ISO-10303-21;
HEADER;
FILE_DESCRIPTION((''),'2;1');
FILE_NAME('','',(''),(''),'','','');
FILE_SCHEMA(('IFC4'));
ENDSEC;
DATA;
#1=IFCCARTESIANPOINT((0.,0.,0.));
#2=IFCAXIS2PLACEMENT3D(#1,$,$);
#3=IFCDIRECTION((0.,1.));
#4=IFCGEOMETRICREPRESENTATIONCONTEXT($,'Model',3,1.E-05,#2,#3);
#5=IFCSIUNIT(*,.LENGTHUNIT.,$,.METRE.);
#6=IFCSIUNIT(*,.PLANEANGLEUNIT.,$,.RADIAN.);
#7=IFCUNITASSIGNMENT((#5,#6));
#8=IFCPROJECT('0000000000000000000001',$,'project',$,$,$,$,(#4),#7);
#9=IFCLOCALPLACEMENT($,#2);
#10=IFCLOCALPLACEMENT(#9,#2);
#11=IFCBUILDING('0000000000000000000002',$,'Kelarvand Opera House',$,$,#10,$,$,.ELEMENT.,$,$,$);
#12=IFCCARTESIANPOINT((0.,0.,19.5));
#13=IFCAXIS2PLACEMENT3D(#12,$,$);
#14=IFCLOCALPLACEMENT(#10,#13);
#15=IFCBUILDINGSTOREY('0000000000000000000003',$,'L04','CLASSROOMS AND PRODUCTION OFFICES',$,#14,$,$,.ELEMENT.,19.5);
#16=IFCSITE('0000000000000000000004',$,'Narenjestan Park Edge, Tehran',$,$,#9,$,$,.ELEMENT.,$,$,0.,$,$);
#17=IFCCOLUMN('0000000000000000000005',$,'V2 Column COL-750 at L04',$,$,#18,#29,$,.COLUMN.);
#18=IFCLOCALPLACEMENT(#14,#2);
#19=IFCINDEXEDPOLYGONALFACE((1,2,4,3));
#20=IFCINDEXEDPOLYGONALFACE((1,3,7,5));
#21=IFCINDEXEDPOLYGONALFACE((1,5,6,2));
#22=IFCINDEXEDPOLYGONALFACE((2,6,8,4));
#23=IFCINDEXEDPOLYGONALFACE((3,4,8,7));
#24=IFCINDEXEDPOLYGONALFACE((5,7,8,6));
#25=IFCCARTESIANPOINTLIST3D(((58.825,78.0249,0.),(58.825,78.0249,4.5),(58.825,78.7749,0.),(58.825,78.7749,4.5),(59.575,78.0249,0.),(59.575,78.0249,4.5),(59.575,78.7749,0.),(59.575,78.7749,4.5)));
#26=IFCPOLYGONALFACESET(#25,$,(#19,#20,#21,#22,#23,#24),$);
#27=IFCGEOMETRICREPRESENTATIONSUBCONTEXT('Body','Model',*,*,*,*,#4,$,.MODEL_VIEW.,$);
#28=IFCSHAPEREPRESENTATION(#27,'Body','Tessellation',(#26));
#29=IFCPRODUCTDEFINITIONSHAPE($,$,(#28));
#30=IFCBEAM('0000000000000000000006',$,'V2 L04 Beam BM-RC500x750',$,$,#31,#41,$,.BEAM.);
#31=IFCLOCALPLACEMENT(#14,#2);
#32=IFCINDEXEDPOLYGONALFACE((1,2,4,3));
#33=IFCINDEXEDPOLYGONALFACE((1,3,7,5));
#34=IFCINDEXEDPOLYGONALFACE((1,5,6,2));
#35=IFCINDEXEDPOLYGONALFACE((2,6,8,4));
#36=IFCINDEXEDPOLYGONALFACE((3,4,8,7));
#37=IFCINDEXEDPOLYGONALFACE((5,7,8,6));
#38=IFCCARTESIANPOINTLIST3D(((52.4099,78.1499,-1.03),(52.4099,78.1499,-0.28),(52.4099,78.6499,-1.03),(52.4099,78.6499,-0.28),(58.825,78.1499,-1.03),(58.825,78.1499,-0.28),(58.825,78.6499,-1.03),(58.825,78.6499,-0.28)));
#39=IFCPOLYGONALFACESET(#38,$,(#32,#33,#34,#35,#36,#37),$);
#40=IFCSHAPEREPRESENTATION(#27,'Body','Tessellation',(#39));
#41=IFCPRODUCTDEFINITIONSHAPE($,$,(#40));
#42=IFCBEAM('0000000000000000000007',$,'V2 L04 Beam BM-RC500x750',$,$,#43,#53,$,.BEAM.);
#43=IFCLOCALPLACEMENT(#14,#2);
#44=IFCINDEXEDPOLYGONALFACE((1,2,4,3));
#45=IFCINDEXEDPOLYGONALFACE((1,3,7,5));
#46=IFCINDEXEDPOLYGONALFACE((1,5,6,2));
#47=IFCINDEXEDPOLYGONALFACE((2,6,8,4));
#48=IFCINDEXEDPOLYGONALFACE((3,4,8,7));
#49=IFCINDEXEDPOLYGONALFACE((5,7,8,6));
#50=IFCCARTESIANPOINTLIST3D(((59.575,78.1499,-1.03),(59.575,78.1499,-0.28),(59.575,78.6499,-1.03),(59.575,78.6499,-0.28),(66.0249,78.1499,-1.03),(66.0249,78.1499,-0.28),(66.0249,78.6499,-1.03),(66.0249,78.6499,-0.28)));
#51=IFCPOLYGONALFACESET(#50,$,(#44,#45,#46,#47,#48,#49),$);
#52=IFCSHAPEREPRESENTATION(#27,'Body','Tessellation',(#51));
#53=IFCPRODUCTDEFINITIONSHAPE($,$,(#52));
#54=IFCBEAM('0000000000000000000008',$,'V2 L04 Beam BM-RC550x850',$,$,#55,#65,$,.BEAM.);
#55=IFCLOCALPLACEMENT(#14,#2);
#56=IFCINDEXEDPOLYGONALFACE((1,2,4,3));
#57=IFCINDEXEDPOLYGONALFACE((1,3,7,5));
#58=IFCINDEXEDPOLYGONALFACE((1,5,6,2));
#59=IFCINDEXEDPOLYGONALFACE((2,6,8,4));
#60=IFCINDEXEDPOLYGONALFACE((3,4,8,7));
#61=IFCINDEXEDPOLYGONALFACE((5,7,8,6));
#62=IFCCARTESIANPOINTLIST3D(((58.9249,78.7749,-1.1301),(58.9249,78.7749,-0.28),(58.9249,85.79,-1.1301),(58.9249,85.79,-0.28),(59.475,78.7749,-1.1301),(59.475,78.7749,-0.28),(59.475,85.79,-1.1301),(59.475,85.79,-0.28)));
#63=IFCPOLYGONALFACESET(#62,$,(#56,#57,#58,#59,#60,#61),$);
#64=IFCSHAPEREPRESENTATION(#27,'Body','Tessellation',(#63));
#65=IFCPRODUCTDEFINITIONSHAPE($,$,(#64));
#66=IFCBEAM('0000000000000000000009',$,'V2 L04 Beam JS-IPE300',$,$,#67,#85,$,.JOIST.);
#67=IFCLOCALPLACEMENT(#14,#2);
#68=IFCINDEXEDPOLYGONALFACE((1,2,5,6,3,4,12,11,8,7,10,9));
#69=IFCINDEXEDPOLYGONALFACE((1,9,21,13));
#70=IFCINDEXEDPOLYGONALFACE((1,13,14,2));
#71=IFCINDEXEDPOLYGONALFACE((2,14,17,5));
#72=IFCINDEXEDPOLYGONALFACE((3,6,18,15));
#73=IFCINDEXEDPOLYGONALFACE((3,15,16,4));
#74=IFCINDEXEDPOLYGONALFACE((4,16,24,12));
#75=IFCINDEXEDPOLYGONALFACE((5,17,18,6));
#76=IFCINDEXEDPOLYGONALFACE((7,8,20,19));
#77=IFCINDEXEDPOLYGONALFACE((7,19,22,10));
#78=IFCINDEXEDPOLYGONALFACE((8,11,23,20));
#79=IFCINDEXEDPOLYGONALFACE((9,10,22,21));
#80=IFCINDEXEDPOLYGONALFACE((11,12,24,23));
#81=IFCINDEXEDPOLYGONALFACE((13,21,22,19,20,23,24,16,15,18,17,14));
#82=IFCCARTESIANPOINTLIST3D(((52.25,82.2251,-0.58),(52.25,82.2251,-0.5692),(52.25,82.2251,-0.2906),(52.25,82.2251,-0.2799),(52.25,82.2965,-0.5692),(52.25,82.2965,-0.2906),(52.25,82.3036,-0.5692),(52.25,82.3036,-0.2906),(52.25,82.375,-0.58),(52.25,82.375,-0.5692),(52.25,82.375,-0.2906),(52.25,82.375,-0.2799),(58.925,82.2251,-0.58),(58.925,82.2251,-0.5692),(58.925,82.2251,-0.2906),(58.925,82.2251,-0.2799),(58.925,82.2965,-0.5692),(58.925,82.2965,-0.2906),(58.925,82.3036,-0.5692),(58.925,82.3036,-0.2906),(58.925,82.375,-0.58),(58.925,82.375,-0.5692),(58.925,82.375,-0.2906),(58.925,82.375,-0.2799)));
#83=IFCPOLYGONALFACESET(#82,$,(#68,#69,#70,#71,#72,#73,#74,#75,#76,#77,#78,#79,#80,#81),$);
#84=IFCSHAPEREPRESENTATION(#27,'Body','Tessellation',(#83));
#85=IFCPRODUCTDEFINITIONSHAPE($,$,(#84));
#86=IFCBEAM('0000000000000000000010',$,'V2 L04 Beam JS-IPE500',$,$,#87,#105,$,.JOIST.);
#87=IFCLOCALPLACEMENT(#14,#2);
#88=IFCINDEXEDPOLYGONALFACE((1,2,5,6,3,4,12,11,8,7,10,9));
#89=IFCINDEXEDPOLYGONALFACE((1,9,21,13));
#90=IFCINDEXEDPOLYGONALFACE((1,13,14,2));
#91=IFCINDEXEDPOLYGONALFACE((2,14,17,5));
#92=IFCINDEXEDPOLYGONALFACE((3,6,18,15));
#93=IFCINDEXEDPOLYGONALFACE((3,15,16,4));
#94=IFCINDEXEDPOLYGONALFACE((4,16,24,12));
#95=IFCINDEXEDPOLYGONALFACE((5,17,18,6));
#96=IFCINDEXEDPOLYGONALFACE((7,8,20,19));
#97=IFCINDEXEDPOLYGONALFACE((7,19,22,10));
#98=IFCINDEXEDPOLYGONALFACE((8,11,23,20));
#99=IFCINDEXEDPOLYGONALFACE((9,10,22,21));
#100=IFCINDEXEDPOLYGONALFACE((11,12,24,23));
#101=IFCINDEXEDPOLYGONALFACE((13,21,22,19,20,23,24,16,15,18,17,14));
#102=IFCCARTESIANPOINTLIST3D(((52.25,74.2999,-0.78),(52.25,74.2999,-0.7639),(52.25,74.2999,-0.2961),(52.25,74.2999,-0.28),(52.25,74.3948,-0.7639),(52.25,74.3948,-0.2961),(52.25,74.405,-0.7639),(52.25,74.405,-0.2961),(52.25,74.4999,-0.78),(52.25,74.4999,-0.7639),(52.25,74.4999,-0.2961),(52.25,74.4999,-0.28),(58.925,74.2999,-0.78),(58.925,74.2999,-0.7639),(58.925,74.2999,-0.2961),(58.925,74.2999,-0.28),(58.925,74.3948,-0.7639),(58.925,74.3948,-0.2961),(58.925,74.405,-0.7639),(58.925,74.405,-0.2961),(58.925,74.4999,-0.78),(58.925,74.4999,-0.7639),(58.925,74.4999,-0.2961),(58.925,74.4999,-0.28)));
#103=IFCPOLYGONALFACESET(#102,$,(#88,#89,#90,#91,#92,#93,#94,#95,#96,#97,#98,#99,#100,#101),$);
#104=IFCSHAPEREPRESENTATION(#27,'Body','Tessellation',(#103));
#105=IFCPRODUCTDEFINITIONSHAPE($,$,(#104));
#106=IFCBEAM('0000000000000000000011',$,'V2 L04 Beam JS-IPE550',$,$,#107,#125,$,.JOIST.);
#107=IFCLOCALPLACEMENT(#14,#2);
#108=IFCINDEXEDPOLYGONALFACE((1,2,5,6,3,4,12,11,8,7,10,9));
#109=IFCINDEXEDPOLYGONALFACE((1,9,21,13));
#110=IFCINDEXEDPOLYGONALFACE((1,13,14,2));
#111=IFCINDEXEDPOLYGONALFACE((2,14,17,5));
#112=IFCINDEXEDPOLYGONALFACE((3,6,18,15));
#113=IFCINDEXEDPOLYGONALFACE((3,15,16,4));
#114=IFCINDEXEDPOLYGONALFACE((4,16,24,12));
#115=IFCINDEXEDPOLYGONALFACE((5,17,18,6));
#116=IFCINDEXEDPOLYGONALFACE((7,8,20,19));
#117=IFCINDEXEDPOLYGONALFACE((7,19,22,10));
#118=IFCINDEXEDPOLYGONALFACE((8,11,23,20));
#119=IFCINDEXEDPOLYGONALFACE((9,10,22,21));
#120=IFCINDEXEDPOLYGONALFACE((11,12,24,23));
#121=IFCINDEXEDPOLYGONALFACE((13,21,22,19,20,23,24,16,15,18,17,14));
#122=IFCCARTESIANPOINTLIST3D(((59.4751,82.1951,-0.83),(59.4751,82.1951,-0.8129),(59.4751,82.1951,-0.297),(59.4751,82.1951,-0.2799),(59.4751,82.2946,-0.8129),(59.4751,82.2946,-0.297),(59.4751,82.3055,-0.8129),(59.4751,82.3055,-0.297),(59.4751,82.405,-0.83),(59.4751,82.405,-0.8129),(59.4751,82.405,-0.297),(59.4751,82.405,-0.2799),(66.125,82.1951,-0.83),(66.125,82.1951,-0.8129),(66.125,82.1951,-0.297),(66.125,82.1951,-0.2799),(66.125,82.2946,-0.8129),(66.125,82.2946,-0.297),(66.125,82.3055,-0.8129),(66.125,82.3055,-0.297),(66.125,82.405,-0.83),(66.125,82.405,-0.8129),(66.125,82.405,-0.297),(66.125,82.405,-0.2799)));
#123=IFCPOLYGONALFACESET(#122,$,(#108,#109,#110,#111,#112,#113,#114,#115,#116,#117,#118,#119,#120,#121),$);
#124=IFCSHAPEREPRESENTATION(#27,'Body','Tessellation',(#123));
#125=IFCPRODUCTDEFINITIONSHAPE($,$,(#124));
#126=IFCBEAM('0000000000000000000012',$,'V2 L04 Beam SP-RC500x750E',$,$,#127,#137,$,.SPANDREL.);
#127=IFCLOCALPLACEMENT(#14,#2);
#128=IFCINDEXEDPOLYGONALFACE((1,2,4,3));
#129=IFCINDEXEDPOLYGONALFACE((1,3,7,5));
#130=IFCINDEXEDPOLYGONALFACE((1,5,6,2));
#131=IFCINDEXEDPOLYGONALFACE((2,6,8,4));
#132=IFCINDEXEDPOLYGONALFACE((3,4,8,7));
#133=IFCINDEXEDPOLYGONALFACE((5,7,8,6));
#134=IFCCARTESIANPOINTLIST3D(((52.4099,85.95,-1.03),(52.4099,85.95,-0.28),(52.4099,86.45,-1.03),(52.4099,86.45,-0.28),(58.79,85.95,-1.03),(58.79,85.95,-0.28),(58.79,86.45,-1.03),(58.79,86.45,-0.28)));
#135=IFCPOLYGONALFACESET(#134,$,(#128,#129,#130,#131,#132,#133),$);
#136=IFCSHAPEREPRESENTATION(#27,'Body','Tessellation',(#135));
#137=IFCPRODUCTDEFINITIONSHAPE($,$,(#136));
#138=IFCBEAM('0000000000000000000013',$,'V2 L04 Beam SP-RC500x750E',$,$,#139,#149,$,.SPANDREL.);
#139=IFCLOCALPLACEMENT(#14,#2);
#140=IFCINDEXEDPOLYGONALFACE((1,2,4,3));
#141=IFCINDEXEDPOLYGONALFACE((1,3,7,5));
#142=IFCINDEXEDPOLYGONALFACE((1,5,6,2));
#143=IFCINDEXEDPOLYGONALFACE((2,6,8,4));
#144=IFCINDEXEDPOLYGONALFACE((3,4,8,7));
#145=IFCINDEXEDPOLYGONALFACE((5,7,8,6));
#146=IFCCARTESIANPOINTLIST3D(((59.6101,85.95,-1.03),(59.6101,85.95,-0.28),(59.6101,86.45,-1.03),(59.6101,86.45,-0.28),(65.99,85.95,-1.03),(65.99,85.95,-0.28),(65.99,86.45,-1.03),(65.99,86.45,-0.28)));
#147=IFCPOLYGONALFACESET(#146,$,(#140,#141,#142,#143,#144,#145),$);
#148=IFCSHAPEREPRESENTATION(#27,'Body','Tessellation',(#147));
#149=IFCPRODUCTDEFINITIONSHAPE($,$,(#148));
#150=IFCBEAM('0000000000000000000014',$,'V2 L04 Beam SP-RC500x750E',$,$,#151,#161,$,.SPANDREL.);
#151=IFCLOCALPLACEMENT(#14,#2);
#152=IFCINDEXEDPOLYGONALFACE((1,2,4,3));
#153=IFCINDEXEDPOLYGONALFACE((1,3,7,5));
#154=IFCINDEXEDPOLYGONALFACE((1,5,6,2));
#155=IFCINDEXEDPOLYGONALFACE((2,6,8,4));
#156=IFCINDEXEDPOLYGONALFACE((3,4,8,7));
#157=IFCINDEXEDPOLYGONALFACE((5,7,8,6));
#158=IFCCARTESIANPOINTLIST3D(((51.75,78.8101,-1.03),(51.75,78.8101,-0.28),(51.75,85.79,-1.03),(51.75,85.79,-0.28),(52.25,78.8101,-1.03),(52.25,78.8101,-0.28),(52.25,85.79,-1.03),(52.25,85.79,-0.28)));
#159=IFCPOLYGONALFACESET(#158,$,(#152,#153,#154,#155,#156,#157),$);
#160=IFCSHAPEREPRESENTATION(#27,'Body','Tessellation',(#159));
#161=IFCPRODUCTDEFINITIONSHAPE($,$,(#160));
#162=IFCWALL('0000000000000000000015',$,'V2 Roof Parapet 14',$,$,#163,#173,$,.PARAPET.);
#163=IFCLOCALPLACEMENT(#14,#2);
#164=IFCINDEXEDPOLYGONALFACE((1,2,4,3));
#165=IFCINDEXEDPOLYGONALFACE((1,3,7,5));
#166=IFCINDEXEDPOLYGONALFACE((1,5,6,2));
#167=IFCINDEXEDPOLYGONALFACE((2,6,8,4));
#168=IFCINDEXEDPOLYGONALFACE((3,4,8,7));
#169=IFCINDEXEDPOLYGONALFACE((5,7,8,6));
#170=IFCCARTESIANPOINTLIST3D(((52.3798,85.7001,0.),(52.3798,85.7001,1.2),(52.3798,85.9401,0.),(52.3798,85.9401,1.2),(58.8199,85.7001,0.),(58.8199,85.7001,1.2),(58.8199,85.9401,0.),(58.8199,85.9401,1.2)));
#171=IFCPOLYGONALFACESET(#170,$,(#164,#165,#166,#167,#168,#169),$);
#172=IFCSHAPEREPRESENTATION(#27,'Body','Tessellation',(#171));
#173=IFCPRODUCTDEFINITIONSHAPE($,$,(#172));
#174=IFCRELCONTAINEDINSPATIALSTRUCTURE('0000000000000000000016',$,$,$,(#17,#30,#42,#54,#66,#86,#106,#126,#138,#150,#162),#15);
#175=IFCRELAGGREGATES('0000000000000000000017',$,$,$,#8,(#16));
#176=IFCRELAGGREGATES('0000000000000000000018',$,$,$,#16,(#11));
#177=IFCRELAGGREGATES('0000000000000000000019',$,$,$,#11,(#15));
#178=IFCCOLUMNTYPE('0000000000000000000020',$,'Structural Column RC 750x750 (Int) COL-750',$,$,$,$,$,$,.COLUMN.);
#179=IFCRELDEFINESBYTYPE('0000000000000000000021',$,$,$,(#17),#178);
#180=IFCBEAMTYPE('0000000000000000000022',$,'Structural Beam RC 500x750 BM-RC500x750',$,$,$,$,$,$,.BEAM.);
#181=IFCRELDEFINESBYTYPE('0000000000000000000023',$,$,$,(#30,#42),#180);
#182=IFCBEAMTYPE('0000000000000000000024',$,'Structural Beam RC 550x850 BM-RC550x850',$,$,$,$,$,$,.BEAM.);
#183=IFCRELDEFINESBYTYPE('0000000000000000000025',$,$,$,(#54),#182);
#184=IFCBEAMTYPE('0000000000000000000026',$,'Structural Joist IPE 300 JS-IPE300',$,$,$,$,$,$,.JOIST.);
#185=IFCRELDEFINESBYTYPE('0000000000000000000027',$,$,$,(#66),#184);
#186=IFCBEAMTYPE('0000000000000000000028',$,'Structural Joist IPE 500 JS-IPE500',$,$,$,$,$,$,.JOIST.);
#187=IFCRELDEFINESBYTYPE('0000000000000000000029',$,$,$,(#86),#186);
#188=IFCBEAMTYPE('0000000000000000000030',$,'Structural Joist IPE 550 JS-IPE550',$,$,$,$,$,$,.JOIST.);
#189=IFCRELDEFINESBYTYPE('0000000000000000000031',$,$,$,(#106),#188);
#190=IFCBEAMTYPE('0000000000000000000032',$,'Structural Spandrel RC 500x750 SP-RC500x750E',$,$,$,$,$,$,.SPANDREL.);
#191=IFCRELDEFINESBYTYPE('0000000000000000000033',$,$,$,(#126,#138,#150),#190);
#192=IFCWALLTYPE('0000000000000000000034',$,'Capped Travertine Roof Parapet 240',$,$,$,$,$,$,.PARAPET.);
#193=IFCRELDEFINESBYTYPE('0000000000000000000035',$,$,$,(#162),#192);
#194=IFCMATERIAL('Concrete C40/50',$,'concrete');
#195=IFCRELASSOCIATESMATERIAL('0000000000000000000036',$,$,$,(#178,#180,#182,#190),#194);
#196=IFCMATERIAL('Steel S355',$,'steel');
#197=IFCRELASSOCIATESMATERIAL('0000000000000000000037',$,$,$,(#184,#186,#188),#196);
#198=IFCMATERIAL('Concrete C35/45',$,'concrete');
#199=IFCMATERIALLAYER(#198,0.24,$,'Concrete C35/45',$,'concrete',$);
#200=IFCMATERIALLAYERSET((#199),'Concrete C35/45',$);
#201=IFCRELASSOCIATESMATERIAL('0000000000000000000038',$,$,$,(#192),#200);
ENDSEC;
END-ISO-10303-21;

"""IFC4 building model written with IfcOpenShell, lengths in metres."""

from ifc_helpers import new_model, si_unit, direction, frame, frame_2d, origin, origin_2d, place, context, subcontext, project, spatial, rectangle, i_section, extrude, material, layer, layer_set, material_profile, profile_set, type_object, element, save


model = new_model("IFC4")

# Units and contexts
model_context = context("Model", 3, precision=1e-05, world=origin(), true_north=direction((0.0, 1.0)))
body_context = subcontext(model_context, "Body", "Model", "MODEL_VIEW")
ifc_project = project(units=[si_unit("LENGTHUNIT", "METRE"), si_unit("PLANEANGLEUNIT", "RADIAN")], contexts=[model_context])

# Site, building, storey
site_placement = place(None, origin())
site = spatial("IfcSite", under=ifc_project, at=site_placement, Name="Narenjestan Park Edge, Tehran", CompositionType="ELEMENT", RefElevation=0.0)
building_placement = place(site_placement, origin())
building = spatial("IfcBuilding", under=site, at=building_placement, Name="Kelarvand Opera House", CompositionType="ELEMENT")
storey_placement = place(building_placement, frame((0.0, 0.0, 19.5)))
storey = spatial("IfcBuildingStorey", under=building, at=storey_placement, Name="L04", Description="CLASSROOMS AND PRODUCTION OFFICES", CompositionType="ELEMENT", Elevation=19.5)

# Column
ifc_material_1 = material(Name="Concrete C40/50", Category="concrete")
ifc_material_profile_1 = material_profile(ifc_material_1, rectangle(XDim=0.75, YDim=0.75, at=origin_2d()), Name="RC 750x750", Category="concrete")
ifc_profile_set_1 = profile_set([ifc_material_profile_1], Name="Concrete C40/50")
column_type = type_object("IfcColumnType", Name="Structural Column RC 750x750 (Int) COL-750", PredefinedType="COLUMN", material=ifc_profile_set_1)
column_placement = place(storey_placement, frame((59.2, 78.3999, 0.0), z_axis=(0.0, 0.0, 1.0), x_axis=(1.0, 0.0, 0.0)))
element("IfcColumn", 1, at=column_placement, inside=storey, type_object=column_type, Name="V2 Column COL-750 at L04", PredefinedType="COLUMN", context=body_context, shape_type="SweptSolid", body=[
    extrude(rectangle(XDim=0.75, YDim=0.75, at=origin_2d()), origin(), (0.0, 0.0, 1.0), 4.5),
])

# Beams
ifc_material_profile_2 = material_profile(ifc_material_1, rectangle(XDim=0.5, YDim=0.75, at=origin_2d()), Name="RC 500x750", Category="concrete")
ifc_profile_set_2 = profile_set([ifc_material_profile_2], Name="Concrete C40/50")
beam_type_1 = type_object("IfcBeamType", Name="Structural Beam RC 500x750 BM-RC500x750", PredefinedType="BEAM", material=ifc_profile_set_2)
beam_1_placement = place(storey_placement, frame((52.4099, 78.3999, -0.655), z_axis=(1.0, 0.0, 0.0), x_axis=(0.0, 1.0, 0.0)))
element("IfcBeam", 2, at=beam_1_placement, inside=storey, type_object=beam_type_1, Name="V2 L04 Beam BM-RC500x750", PredefinedType="BEAM", context=body_context, shape_type="SweptSolid", body=[
    extrude(rectangle(XDim=0.5, YDim=0.75, at=origin_2d()), origin(), (0.0, 0.0, 1.0), 6.415),
])
beam_2_placement = place(storey_placement, frame((59.575, 78.3999, -0.655), z_axis=(1.0, 0.0, 0.0), x_axis=(0.0, 1.0, 0.0)))
element("IfcBeam", 3, at=beam_2_placement, inside=storey, type_object=beam_type_1, Name="V2 L04 Beam BM-RC500x750", PredefinedType="BEAM", context=body_context, shape_type="SweptSolid", body=[
    extrude(rectangle(XDim=0.5, YDim=0.75, at=origin_2d()), origin(), (0.0, 0.0, 1.0), 6.45),
])
ifc_material_profile_3 = material_profile(ifc_material_1, rectangle(XDim=0.55, YDim=0.8501, at=origin_2d()), Name="RC 550x850", Category="concrete")
ifc_profile_set_3 = profile_set([ifc_material_profile_3], Name="Concrete C40/50")
beam_type_2 = type_object("IfcBeamType", Name="Structural Beam RC 550x850 BM-RC550x850", PredefinedType="BEAM", material=ifc_profile_set_3)
beam_3_placement = place(storey_placement, frame((59.2, 78.7749, -0.7051), z_axis=(0.0, 1.0, 0.0), x_axis=(-1.0, 0.0, 0.0)))
element("IfcBeam", 4, at=beam_3_placement, inside=storey, type_object=beam_type_2, Name="V2 L04 Beam BM-RC550x850", PredefinedType="BEAM", context=body_context, shape_type="SweptSolid", body=[
    extrude(rectangle(XDim=0.55, YDim=0.8501, at=origin_2d()), origin(), (0.0, 0.0, 1.0), 7.0151),
])
ifc_material_2 = material(Name="Steel S355", Category="steel")
ifc_material_profile_4 = material_profile(ifc_material_2, i_section(OverallWidth=0.1499, OverallDepth=0.3, WebThickness=0.0071, FlangeThickness=0.0107, at=origin_2d()), Name="IPE 300", Category="steel")
ifc_profile_set_4 = profile_set([ifc_material_profile_4], Name="Steel S355")
beam_type_3 = type_object("IfcBeamType", Name="Structural Joist IPE 300 JS-IPE300", PredefinedType="JOIST", material=ifc_profile_set_4)
beam_4_placement = place(storey_placement, frame((52.25, 82.3, -0.4299), z_axis=(1.0, 0.0, 0.0), x_axis=(0.0, 1.0, 0.0)))
element("IfcBeam", 5, at=beam_4_placement, inside=storey, type_object=beam_type_3, Name="V2 L04 Beam JS-IPE300", PredefinedType="JOIST", context=body_context, shape_type="SweptSolid", body=[
    extrude(i_section(OverallWidth=0.1499, OverallDepth=0.3, WebThickness=0.0071, FlangeThickness=0.0107, at=origin_2d()), origin(), (0.0, 0.0, 1.0), 6.675),
])
ifc_material_profile_5 = material_profile(ifc_material_2, i_section(OverallWidth=0.2, OverallDepth=0.5, WebThickness=0.0103, FlangeThickness=0.0161, at=origin_2d()), Name="IPE 500", Category="steel")
ifc_profile_set_5 = profile_set([ifc_material_profile_5], Name="Steel S355")
beam_type_4 = type_object("IfcBeamType", Name="Structural Joist IPE 500 JS-IPE500", PredefinedType="JOIST", material=ifc_profile_set_5)
beam_5_placement = place(storey_placement, frame((52.25, 74.3999, -0.53), z_axis=(1.0, 0.0, 0.0), x_axis=(0.0, 1.0, 0.0)))
element("IfcBeam", 6, at=beam_5_placement, inside=storey, type_object=beam_type_4, Name="V2 L04 Beam JS-IPE500", PredefinedType="JOIST", context=body_context, shape_type="SweptSolid", body=[
    extrude(i_section(OverallWidth=0.2, OverallDepth=0.5, WebThickness=0.0103, FlangeThickness=0.0161, at=origin_2d()), origin(), (0.0, 0.0, 1.0), 6.675),
])
ifc_material_profile_6 = material_profile(ifc_material_2, i_section(OverallWidth=0.21, OverallDepth=0.55, WebThickness=0.011, FlangeThickness=0.0171, at=origin_2d()), Name="IPE 550", Category="steel")
ifc_profile_set_6 = profile_set([ifc_material_profile_6], Name="Steel S355")
beam_type_5 = type_object("IfcBeamType", Name="Structural Joist IPE 550 JS-IPE550", PredefinedType="JOIST", material=ifc_profile_set_6)
beam_6_placement = place(storey_placement, frame((59.4751, 82.3, -0.5549), z_axis=(1.0, 0.0, 0.0), x_axis=(0.0, 1.0, 0.0)))
element("IfcBeam", 7, at=beam_6_placement, inside=storey, type_object=beam_type_5, Name="V2 L04 Beam JS-IPE550", PredefinedType="JOIST", context=body_context, shape_type="SweptSolid", body=[
    extrude(i_section(OverallWidth=0.21, OverallDepth=0.55, WebThickness=0.011, FlangeThickness=0.0171, at=origin_2d()), origin(), (0.0, 0.0, 1.0), 6.6499),
])
ifc_material_profile_7 = material_profile(ifc_material_1, rectangle(XDim=0.5, YDim=0.75, at=origin_2d()), Name="RC 500x750", Category="concrete")
ifc_profile_set_7 = profile_set([ifc_material_profile_7], Name="Concrete C40/50")
beam_type_6 = type_object("IfcBeamType", Name="Structural Spandrel RC 500x750 SP-RC500x750E", PredefinedType="SPANDREL", material=ifc_profile_set_7)
beam_7_placement = place(storey_placement, frame((52.4099, 86.2, -0.655), z_axis=(1.0, 0.0, 0.0), x_axis=(0.0, 1.0, 0.0)))
element("IfcBeam", 8, at=beam_7_placement, inside=storey, type_object=beam_type_6, Name="V2 L04 Beam SP-RC500x750E", PredefinedType="SPANDREL", context=body_context, shape_type="SweptSolid", body=[
    extrude(rectangle(XDim=0.5, YDim=0.75, at=origin_2d()), origin(), (0.0, 0.0, 1.0), 6.3801),
])
beam_8_placement = place(storey_placement, frame((59.6101, 86.2, -0.655), z_axis=(1.0, 0.0, 0.0), x_axis=(0.0, 1.0, 0.0)))
element("IfcBeam", 9, at=beam_8_placement, inside=storey, type_object=beam_type_6, Name="V2 L04 Beam SP-RC500x750E", PredefinedType="SPANDREL", context=body_context, shape_type="SweptSolid", body=[
    extrude(rectangle(XDim=0.5, YDim=0.75, at=origin_2d()), origin(), (0.0, 0.0, 1.0), 6.3799),
])
beam_9_placement = place(storey_placement, frame((52.0, 78.8101, -0.655), z_axis=(0.0, 1.0, 0.0), x_axis=(-1.0, 0.0, 0.0)))
element("IfcBeam", 10, at=beam_9_placement, inside=storey, type_object=beam_type_6, Name="V2 L04 Beam SP-RC500x750E", PredefinedType="SPANDREL", context=body_context, shape_type="SweptSolid", body=[
    extrude(rectangle(XDim=0.5, YDim=0.75, at=origin_2d()), origin(), (0.0, 0.0, 1.0), 6.98),
])

# Wall
ifc_material_3 = material(Name="Concrete C35/45", Category="concrete")
ifc_layer_1 = layer(ifc_material_3, 0.24, Name="Concrete C35/45", Category="concrete")
ifc_layer_set_1 = layer_set([ifc_layer_1], Name="Concrete C35/45")
wall_type_1 = type_object("IfcWallType", Name="Capped Travertine Roof Parapet 240", PredefinedType="PARAPET", material=ifc_layer_set_1)
wall_1_placement = place(storey_placement, frame((58.8201, 85.8201, 0.0), z_axis=(0.0, 0.0, 1.0), x_axis=(-1.0, 0.0, 0.0)))
element("IfcWall", 11, at=wall_1_placement, inside=storey, type_object=wall_type_1, Name="V2 Roof Parapet 14", PredefinedType="PARAPET", context=body_context, shape_type="SweptSolid", body=[
    extrude(rectangle(XDim=6.4402, YDim=0.24, at=frame_2d((3.2202, 0.0))), origin(), (0.0, 0.0, 1.0), 1.2),
])

save(model, "model.ifc")
